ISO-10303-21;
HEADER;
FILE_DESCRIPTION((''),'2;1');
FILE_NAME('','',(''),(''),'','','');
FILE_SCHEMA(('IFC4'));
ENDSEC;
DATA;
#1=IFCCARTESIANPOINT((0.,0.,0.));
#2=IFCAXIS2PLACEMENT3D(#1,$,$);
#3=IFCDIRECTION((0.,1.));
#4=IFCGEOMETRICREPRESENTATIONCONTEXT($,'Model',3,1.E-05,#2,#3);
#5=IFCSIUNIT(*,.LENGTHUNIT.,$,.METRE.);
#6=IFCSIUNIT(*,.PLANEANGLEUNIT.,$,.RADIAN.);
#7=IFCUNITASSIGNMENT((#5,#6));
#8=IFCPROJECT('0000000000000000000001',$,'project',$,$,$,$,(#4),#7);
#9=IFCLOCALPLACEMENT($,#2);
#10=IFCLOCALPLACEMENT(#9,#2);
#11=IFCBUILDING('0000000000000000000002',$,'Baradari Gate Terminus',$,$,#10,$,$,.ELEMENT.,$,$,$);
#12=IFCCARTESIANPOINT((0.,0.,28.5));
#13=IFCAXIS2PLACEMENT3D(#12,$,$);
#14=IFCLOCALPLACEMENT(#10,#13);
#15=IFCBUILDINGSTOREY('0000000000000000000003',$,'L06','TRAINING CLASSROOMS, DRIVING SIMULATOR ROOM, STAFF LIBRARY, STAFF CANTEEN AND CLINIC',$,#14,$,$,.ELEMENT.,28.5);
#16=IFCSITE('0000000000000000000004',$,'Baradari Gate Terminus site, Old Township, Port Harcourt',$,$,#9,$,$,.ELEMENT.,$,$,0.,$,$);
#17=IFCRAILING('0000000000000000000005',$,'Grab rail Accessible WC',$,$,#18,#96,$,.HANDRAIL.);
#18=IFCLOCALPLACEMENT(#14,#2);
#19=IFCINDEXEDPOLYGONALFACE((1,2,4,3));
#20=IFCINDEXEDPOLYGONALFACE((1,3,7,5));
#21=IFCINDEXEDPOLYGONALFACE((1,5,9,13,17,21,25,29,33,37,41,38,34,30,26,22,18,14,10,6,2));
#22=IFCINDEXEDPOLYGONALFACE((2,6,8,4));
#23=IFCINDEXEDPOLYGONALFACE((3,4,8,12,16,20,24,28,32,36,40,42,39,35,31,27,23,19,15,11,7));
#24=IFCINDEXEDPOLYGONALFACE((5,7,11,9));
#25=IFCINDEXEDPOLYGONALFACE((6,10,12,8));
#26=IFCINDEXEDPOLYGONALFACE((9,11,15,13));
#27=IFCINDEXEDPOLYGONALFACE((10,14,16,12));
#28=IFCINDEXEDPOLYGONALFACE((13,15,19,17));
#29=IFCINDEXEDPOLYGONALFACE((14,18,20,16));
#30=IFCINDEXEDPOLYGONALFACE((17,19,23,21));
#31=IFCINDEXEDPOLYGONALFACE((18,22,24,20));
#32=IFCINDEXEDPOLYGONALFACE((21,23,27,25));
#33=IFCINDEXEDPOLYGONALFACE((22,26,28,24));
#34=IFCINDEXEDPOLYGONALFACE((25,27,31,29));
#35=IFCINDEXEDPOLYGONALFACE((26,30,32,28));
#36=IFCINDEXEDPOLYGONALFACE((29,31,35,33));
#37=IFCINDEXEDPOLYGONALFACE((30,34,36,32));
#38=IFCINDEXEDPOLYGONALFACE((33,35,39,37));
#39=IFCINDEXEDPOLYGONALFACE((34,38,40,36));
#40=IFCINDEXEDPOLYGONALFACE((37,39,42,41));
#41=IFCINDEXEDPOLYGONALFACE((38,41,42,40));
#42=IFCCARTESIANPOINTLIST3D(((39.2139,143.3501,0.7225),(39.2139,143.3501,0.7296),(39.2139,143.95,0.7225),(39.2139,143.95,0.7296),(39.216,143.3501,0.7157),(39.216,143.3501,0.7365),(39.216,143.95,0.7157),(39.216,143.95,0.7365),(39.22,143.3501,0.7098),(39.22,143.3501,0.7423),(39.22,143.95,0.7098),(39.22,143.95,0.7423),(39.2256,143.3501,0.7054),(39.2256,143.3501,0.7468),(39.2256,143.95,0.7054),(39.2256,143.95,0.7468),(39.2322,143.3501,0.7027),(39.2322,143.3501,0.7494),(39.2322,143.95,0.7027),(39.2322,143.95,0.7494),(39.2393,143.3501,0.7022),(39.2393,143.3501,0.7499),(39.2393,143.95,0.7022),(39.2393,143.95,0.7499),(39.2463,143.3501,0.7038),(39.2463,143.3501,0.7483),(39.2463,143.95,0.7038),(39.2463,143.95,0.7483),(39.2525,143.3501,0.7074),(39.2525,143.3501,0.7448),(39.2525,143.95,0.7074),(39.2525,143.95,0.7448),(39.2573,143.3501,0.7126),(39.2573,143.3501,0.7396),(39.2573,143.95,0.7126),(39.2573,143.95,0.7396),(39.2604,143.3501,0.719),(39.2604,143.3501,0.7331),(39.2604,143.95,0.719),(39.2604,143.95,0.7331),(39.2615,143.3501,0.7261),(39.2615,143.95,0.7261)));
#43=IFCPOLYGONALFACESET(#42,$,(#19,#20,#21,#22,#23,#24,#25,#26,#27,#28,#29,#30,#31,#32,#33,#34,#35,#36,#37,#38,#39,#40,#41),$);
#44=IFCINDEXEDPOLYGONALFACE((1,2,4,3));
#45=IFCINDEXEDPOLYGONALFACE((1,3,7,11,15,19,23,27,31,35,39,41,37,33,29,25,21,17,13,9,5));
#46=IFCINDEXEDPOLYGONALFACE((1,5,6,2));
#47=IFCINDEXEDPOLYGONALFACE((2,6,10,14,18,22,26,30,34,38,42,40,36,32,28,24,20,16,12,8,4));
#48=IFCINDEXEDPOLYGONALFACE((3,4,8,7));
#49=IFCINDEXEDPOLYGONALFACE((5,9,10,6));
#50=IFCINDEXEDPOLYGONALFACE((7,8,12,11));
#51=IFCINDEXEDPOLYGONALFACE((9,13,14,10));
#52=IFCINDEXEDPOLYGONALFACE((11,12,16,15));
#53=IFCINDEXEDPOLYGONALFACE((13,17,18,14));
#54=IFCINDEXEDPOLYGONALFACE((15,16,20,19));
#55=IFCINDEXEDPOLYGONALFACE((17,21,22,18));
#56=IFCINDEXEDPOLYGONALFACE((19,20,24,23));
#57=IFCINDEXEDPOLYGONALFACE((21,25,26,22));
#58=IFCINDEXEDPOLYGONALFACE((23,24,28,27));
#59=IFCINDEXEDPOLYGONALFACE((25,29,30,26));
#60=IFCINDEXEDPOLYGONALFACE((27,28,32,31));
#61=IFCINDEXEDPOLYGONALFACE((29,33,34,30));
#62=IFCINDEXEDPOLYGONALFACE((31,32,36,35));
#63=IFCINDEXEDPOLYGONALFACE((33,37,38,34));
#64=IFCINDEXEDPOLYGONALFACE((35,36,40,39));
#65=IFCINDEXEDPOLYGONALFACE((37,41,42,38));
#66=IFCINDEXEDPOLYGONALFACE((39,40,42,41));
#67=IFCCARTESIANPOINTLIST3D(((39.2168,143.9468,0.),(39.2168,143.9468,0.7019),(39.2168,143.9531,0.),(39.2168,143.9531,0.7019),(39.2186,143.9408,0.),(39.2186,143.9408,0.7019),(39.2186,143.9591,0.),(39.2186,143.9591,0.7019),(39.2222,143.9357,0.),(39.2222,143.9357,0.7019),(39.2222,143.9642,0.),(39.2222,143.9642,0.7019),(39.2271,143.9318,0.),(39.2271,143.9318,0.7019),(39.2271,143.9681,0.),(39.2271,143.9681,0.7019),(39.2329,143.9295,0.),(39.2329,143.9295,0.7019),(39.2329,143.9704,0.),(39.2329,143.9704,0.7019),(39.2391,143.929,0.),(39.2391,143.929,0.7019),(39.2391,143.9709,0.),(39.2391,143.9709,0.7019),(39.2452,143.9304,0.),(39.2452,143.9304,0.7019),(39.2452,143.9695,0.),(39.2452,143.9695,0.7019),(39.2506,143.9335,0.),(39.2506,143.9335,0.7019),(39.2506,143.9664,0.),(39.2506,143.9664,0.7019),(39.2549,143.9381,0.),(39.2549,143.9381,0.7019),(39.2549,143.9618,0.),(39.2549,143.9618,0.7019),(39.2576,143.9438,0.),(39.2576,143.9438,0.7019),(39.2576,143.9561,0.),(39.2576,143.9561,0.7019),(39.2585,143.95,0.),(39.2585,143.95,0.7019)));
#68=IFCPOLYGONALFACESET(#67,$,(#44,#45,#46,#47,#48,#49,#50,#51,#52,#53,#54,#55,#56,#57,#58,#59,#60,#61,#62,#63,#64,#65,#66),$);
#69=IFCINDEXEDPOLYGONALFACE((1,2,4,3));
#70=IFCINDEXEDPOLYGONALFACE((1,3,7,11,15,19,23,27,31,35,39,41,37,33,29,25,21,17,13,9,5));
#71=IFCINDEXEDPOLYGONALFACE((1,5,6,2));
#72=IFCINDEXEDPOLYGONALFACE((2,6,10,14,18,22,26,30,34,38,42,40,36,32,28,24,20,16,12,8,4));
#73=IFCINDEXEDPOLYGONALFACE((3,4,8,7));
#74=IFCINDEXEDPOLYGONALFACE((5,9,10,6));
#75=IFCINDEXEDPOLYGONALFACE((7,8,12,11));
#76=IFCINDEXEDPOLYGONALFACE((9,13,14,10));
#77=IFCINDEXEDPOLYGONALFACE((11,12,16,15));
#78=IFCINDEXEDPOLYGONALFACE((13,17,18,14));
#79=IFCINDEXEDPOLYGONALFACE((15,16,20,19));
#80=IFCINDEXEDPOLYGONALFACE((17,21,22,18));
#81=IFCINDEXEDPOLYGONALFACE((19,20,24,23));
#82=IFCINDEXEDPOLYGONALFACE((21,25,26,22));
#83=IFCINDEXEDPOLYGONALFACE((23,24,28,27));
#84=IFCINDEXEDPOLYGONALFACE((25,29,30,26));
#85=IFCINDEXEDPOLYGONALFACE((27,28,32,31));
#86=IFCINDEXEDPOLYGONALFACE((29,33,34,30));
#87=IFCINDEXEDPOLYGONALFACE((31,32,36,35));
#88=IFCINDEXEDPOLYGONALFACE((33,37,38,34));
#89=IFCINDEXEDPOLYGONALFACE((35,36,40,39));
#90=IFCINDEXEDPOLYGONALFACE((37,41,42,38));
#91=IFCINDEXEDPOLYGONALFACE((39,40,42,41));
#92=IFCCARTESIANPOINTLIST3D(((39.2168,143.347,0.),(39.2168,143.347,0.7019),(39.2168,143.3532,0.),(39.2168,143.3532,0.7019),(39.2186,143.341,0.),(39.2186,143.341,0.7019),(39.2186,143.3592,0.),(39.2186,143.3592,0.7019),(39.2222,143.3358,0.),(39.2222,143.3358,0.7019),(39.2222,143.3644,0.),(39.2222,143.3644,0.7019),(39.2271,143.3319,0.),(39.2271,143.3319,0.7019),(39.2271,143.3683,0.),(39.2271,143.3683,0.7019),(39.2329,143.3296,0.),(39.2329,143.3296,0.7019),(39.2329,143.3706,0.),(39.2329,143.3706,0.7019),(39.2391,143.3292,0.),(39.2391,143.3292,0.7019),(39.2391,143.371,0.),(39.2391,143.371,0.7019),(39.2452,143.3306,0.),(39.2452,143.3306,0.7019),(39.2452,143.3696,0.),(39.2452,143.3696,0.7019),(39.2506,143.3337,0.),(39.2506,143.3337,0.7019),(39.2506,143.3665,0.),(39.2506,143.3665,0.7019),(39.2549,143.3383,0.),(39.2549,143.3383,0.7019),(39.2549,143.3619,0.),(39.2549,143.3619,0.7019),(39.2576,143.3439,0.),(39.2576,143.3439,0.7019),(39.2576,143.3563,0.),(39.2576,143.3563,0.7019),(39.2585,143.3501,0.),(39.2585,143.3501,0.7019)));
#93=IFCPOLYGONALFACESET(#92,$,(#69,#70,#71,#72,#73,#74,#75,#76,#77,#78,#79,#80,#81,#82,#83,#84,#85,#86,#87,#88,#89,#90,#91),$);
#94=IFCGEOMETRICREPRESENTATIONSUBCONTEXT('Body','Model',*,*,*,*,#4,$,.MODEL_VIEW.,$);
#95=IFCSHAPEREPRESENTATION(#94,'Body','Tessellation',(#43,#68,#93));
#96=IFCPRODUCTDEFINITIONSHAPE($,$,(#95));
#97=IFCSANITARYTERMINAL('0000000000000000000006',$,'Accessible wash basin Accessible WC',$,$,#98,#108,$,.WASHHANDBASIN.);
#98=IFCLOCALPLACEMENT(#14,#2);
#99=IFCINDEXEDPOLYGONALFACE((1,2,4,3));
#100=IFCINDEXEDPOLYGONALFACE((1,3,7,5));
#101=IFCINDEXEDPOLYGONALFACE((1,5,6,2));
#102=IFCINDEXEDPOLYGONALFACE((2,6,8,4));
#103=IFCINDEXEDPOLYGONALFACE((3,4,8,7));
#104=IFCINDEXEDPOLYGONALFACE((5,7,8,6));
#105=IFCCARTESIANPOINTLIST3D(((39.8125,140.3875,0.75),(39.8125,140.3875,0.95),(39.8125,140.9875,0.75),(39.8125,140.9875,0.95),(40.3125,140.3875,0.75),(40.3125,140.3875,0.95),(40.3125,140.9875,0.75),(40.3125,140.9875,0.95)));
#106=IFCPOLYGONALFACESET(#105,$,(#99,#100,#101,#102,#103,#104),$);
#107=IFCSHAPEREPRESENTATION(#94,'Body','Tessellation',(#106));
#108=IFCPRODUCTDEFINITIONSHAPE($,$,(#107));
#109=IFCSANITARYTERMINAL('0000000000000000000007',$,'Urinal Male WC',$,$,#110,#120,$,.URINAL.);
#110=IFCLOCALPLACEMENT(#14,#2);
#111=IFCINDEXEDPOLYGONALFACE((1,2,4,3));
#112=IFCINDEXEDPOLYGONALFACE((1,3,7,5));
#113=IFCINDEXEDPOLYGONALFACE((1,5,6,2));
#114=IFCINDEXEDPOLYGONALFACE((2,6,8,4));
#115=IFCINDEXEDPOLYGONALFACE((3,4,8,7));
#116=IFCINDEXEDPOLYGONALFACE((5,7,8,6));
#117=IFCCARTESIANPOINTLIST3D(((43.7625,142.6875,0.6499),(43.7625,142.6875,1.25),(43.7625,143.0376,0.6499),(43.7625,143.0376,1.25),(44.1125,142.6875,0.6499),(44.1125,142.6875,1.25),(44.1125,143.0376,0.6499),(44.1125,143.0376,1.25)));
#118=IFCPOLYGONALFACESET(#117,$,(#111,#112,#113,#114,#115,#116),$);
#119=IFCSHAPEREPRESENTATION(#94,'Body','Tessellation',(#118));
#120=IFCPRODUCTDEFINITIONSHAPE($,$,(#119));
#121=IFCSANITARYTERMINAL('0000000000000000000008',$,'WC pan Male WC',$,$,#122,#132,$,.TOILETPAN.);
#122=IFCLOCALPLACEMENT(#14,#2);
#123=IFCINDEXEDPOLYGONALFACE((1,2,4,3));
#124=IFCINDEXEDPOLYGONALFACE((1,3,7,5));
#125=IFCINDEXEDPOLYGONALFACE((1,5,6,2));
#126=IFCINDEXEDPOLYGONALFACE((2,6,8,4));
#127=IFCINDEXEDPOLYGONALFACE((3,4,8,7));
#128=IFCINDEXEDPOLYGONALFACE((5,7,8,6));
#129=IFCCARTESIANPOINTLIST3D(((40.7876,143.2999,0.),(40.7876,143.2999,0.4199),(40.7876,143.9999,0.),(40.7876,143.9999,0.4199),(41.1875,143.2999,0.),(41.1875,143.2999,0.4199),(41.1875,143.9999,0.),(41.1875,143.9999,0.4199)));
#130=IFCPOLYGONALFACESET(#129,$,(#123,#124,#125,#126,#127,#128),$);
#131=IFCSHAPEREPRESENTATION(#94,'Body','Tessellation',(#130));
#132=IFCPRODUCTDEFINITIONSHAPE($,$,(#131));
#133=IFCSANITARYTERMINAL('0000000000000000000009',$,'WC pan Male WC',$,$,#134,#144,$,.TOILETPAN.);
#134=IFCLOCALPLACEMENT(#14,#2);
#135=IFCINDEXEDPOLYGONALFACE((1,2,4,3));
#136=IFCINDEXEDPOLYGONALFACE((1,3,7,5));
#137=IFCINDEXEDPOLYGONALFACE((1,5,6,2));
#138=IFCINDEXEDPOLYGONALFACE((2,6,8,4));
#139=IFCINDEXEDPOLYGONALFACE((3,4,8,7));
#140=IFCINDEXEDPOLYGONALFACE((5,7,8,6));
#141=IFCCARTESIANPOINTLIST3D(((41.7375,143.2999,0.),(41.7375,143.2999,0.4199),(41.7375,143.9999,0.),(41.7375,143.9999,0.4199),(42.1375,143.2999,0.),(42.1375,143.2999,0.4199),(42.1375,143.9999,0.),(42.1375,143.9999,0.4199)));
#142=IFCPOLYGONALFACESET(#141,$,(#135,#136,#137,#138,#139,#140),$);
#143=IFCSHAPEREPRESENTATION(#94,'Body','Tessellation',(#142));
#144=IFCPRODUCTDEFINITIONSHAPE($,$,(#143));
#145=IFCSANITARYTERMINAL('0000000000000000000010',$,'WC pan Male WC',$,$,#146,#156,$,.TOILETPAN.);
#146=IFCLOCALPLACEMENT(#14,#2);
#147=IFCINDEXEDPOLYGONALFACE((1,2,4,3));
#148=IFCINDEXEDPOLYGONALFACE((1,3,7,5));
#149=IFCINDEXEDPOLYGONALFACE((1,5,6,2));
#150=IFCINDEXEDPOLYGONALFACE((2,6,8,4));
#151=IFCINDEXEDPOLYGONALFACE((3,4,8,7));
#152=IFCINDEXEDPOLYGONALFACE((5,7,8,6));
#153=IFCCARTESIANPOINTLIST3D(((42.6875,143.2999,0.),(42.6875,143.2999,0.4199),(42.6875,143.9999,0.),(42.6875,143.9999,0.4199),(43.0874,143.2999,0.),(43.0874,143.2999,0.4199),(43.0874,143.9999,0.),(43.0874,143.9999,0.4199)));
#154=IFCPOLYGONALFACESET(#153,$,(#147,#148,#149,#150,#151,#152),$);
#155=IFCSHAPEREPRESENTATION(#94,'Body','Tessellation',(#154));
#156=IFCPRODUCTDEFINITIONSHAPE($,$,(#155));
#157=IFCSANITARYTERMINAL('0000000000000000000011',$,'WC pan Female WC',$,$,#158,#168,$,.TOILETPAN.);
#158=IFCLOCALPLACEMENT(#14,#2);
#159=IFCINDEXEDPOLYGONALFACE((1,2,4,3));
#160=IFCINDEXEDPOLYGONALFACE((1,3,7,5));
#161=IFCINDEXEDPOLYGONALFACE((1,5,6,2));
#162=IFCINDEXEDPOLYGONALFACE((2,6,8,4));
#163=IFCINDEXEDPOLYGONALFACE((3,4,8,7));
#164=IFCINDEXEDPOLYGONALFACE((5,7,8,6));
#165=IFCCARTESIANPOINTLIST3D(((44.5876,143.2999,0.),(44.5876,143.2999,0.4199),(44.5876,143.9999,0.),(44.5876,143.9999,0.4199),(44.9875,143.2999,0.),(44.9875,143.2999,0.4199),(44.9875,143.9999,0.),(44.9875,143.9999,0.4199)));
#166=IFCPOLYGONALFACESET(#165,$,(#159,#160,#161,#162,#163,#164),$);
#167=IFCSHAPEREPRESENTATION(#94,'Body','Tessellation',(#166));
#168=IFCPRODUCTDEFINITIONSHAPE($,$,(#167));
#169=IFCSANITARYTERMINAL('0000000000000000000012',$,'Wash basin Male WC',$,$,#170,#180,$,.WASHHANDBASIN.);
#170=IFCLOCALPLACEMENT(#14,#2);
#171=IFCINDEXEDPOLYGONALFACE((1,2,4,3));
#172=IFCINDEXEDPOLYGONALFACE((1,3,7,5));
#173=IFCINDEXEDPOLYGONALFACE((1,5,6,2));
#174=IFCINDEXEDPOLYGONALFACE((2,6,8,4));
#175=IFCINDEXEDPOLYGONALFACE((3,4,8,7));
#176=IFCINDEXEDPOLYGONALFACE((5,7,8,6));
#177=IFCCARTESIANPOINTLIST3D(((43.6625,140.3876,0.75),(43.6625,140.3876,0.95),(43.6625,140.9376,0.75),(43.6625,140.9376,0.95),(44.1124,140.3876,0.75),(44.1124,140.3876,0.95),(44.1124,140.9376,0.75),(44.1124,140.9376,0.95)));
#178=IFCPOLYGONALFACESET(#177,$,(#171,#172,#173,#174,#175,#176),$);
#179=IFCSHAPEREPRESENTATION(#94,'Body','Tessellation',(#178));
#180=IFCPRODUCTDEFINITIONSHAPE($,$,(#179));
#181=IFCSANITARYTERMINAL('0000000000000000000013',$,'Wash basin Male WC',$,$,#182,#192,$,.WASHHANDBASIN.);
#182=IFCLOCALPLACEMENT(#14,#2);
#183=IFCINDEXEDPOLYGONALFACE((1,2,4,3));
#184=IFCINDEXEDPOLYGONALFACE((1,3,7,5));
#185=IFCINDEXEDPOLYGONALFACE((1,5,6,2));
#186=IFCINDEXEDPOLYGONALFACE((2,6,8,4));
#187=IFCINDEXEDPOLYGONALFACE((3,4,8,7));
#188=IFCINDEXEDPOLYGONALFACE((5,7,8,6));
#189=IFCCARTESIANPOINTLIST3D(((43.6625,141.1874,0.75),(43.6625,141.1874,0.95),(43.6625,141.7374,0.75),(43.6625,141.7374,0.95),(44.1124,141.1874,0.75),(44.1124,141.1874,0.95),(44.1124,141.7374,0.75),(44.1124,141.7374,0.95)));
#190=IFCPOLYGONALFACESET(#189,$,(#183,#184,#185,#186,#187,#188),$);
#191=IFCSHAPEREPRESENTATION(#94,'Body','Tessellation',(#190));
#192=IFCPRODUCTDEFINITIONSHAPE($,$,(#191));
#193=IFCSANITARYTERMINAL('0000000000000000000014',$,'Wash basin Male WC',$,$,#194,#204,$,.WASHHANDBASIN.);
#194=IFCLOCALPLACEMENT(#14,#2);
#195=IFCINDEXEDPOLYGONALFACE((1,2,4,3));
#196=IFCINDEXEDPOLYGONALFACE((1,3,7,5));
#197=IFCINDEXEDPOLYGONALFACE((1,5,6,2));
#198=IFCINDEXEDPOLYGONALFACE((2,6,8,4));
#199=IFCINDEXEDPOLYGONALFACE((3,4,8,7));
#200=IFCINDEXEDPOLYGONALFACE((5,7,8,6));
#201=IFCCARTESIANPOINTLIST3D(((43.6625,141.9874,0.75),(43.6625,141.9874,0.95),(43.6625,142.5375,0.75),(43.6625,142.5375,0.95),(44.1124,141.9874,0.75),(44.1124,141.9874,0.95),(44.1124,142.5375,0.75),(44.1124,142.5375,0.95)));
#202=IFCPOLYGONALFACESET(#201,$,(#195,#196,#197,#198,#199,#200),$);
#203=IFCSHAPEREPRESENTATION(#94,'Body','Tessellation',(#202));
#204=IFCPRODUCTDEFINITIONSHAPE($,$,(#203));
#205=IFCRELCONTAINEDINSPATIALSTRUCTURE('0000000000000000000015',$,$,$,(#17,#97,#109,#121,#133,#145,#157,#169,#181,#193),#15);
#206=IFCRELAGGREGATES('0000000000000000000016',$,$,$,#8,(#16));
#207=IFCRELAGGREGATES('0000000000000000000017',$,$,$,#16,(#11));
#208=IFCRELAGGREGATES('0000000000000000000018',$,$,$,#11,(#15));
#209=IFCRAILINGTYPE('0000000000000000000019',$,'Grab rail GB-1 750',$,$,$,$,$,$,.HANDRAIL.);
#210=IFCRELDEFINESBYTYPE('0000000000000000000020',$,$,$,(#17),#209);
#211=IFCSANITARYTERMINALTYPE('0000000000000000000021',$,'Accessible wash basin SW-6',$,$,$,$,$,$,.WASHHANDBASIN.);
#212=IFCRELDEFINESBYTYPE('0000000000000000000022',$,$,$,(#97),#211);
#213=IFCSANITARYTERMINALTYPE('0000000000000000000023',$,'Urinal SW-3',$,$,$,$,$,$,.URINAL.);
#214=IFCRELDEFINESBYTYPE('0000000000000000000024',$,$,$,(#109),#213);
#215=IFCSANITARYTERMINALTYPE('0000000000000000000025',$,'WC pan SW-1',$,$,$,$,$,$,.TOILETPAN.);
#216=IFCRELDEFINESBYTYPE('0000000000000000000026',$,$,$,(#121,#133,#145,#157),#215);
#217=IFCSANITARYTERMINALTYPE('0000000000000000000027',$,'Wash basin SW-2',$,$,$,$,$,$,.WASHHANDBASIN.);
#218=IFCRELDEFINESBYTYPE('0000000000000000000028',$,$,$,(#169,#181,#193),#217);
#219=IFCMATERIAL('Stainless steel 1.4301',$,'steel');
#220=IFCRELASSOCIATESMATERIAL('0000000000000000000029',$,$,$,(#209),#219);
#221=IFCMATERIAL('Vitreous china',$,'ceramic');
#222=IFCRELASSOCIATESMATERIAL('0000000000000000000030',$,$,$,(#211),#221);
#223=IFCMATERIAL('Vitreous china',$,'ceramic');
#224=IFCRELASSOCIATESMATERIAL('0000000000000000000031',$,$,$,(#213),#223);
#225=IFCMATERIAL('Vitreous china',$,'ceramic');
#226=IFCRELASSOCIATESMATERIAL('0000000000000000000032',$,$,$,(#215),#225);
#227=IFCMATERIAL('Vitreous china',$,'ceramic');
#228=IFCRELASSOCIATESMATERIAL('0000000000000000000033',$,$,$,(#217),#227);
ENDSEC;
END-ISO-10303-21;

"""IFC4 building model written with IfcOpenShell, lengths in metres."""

from ifc_helpers import new_model, si_unit, direction, frame, origin, origin_2d, place, context, subcontext, project, spatial, rectangle, circle, extrude, material, type_object, element, save


model = new_model("IFC4")

# Units and contexts
model_context = context("Model", 3, precision=1e-05, world=origin(), true_north=direction((0.0, 1.0)))
body_context = subcontext(model_context, "Body", "Model", "MODEL_VIEW")
ifc_project = project(units=[si_unit("LENGTHUNIT", "METRE"), si_unit("PLANEANGLEUNIT", "RADIAN")], contexts=[model_context])

# Site, building, storey
site_placement = place(None, origin())
site = spatial("IfcSite", under=ifc_project, at=site_placement, Name="Baradari Gate Terminus site, Old Township, Port Harcourt", CompositionType="ELEMENT", RefElevation=0.0)
building_placement = place(site_placement, origin())
building = spatial("IfcBuilding", under=site, at=building_placement, Name="Baradari Gate Terminus", CompositionType="ELEMENT")
storey_placement = place(building_placement, frame((0.0, 0.0, 28.5)))
storey = spatial("IfcBuildingStorey", under=building, at=storey_placement, Name="L06", Description="TRAINING CLASSROOMS, DRIVING SIMULATOR ROOM, STAFF LIBRARY, STAFF CANTEEN AND CLINIC", CompositionType="ELEMENT", Elevation=28.5)

# Railing
ifc_material_1 = material(Name="Stainless steel 1.4301", Category="steel")
railing_type = type_object("IfcRailingType", Name="Grab rail GB-1 750", PredefinedType="HANDRAIL", material=ifc_material_1)
railing_placement = place(storey_placement, frame((39.2375, 143.95, 0.0)))
element("IfcRailing", 1, at=railing_placement, inside=storey, type_object=railing_type, Name="Grab rail Accessible WC", PredefinedType="HANDRAIL", context=body_context, shape_type="SweptSolid", body=[
    extrude(circle(Radius=0.0239, at=origin_2d()), frame((0.0, 0.0, 0.7261), z_axis=(0.0, -1.0, 0.0), x_axis=(1.0, 0.0, 0.0)), (0.0, 0.0, 1.0), 0.5999),
    extrude(circle(Radius=0.021, at=origin_2d()), origin(), (0.0, 0.0, 1.0), 0.7019),
    extrude(circle(Radius=0.021, at=origin_2d()), frame((0.0, -0.5999, 0.0)), (0.0, 0.0, 1.0), 0.7019),
])

# Sanitary terminals
ifc_material_2 = material(Name="Vitreous china", Category="ceramic")
sanitary_terminal_type_1 = type_object("IfcSanitaryTerminalType", Name="Accessible wash basin SW-6", PredefinedType="WASHHANDBASIN", material=ifc_material_2)
sanitary_terminal_1_placement = place(storey_placement, frame((40.0625, 140.6875, 0.75), z_axis=(0.0, 0.0, 1.0), x_axis=(1.0, 0.0, 0.0)))
element("IfcSanitaryTerminal", 2, at=sanitary_terminal_1_placement, inside=storey, type_object=sanitary_terminal_type_1, Name="Accessible wash basin Accessible WC", PredefinedType="WASHHANDBASIN", context=body_context, shape_type="SweptSolid", body=[
    extrude(rectangle(XDim=0.5, YDim=0.6001, at=origin_2d()), origin(), (0.0, 0.0, 1.0), 0.2),
])
ifc_material_3 = material(Name="Vitreous china", Category="ceramic")
sanitary_terminal_type_2 = type_object("IfcSanitaryTerminalType", Name="Urinal SW-3", PredefinedType="URINAL", material=ifc_material_3)
sanitary_terminal_2_placement = place(storey_placement, frame((43.9375, 142.8625, 0.6499), z_axis=(0.0, 0.0, 1.0), x_axis=(1.0, 0.0, 0.0)))
element("IfcSanitaryTerminal", 3, at=sanitary_terminal_2_placement, inside=storey, type_object=sanitary_terminal_type_2, Name="Urinal Male WC", PredefinedType="URINAL", context=body_context, shape_type="SweptSolid", body=[
    extrude(rectangle(XDim=0.3501, YDim=0.3501, at=origin_2d()), origin(), (0.0, 0.0, 1.0), 0.6001),
])
ifc_material_4 = material(Name="Vitreous china", Category="ceramic")
sanitary_terminal_type_3 = type_object("IfcSanitaryTerminalType", Name="WC pan SW-1", PredefinedType="TOILETPAN", material=ifc_material_4)
for number, where, z_axis, x_axis, name in (
    (4, (40.9875, 143.6499, 0.0), (0.0, 0.0, 1.0), (1.0, 0.0, 0.0), "WC pan Male WC"),
    (5, (41.9375, 143.6499, 0.0), (0.0, 0.0, 1.0), (1.0, 0.0, 0.0), "WC pan Male WC"),
    (6, (42.8875, 143.6499, 0.0), (0.0, 0.0, 1.0), (1.0, 0.0, 0.0), "WC pan Male WC"),
    (7, (44.7876, 143.6499, 0.0), (0.0, 0.0, 1.0), (1.0, 0.0, 0.0), "WC pan Female WC"),
):
    element("IfcSanitaryTerminal", number, at=place(storey_placement, frame(where, z_axis=z_axis, x_axis=x_axis)), inside=storey, type_object=sanitary_terminal_type_3, Name=name, PredefinedType="TOILETPAN", context=body_context, shape_type="SweptSolid", body=[
        extrude(rectangle(XDim=0.3999, YDim=0.7, at=origin_2d()), origin(), (0.0, 0.0, 1.0), 0.4199),
    ])
ifc_material_5 = material(Name="Vitreous china", Category="ceramic")
sanitary_terminal_type_4 = type_object("IfcSanitaryTerminalType", Name="Wash basin SW-2", PredefinedType="WASHHANDBASIN", material=ifc_material_5)
for number, where, z_axis, x_axis, name in (
    (8, (43.8875, 140.6626, 0.75), (0.0, 0.0, 1.0), (1.0, 0.0, 0.0), "Wash basin Male WC"),
    (9, (43.8875, 141.4624, 0.75), (0.0, 0.0, 1.0), (1.0, 0.0, 0.0), "Wash basin Male WC"),
    (10, (43.8875, 142.2625, 0.75), (0.0, 0.0, 1.0), (1.0, 0.0, 0.0), "Wash basin Male WC"),
):
    element("IfcSanitaryTerminal", number, at=place(storey_placement, frame(where, z_axis=z_axis, x_axis=x_axis)), inside=storey, type_object=sanitary_terminal_type_4, Name=name, PredefinedType="WASHHANDBASIN", context=body_context, shape_type="SweptSolid", body=[
        extrude(rectangle(XDim=0.45, YDim=0.55, at=origin_2d()), origin(), (0.0, 0.0, 1.0), 0.2),
    ])

save(model, "model.ifc")
